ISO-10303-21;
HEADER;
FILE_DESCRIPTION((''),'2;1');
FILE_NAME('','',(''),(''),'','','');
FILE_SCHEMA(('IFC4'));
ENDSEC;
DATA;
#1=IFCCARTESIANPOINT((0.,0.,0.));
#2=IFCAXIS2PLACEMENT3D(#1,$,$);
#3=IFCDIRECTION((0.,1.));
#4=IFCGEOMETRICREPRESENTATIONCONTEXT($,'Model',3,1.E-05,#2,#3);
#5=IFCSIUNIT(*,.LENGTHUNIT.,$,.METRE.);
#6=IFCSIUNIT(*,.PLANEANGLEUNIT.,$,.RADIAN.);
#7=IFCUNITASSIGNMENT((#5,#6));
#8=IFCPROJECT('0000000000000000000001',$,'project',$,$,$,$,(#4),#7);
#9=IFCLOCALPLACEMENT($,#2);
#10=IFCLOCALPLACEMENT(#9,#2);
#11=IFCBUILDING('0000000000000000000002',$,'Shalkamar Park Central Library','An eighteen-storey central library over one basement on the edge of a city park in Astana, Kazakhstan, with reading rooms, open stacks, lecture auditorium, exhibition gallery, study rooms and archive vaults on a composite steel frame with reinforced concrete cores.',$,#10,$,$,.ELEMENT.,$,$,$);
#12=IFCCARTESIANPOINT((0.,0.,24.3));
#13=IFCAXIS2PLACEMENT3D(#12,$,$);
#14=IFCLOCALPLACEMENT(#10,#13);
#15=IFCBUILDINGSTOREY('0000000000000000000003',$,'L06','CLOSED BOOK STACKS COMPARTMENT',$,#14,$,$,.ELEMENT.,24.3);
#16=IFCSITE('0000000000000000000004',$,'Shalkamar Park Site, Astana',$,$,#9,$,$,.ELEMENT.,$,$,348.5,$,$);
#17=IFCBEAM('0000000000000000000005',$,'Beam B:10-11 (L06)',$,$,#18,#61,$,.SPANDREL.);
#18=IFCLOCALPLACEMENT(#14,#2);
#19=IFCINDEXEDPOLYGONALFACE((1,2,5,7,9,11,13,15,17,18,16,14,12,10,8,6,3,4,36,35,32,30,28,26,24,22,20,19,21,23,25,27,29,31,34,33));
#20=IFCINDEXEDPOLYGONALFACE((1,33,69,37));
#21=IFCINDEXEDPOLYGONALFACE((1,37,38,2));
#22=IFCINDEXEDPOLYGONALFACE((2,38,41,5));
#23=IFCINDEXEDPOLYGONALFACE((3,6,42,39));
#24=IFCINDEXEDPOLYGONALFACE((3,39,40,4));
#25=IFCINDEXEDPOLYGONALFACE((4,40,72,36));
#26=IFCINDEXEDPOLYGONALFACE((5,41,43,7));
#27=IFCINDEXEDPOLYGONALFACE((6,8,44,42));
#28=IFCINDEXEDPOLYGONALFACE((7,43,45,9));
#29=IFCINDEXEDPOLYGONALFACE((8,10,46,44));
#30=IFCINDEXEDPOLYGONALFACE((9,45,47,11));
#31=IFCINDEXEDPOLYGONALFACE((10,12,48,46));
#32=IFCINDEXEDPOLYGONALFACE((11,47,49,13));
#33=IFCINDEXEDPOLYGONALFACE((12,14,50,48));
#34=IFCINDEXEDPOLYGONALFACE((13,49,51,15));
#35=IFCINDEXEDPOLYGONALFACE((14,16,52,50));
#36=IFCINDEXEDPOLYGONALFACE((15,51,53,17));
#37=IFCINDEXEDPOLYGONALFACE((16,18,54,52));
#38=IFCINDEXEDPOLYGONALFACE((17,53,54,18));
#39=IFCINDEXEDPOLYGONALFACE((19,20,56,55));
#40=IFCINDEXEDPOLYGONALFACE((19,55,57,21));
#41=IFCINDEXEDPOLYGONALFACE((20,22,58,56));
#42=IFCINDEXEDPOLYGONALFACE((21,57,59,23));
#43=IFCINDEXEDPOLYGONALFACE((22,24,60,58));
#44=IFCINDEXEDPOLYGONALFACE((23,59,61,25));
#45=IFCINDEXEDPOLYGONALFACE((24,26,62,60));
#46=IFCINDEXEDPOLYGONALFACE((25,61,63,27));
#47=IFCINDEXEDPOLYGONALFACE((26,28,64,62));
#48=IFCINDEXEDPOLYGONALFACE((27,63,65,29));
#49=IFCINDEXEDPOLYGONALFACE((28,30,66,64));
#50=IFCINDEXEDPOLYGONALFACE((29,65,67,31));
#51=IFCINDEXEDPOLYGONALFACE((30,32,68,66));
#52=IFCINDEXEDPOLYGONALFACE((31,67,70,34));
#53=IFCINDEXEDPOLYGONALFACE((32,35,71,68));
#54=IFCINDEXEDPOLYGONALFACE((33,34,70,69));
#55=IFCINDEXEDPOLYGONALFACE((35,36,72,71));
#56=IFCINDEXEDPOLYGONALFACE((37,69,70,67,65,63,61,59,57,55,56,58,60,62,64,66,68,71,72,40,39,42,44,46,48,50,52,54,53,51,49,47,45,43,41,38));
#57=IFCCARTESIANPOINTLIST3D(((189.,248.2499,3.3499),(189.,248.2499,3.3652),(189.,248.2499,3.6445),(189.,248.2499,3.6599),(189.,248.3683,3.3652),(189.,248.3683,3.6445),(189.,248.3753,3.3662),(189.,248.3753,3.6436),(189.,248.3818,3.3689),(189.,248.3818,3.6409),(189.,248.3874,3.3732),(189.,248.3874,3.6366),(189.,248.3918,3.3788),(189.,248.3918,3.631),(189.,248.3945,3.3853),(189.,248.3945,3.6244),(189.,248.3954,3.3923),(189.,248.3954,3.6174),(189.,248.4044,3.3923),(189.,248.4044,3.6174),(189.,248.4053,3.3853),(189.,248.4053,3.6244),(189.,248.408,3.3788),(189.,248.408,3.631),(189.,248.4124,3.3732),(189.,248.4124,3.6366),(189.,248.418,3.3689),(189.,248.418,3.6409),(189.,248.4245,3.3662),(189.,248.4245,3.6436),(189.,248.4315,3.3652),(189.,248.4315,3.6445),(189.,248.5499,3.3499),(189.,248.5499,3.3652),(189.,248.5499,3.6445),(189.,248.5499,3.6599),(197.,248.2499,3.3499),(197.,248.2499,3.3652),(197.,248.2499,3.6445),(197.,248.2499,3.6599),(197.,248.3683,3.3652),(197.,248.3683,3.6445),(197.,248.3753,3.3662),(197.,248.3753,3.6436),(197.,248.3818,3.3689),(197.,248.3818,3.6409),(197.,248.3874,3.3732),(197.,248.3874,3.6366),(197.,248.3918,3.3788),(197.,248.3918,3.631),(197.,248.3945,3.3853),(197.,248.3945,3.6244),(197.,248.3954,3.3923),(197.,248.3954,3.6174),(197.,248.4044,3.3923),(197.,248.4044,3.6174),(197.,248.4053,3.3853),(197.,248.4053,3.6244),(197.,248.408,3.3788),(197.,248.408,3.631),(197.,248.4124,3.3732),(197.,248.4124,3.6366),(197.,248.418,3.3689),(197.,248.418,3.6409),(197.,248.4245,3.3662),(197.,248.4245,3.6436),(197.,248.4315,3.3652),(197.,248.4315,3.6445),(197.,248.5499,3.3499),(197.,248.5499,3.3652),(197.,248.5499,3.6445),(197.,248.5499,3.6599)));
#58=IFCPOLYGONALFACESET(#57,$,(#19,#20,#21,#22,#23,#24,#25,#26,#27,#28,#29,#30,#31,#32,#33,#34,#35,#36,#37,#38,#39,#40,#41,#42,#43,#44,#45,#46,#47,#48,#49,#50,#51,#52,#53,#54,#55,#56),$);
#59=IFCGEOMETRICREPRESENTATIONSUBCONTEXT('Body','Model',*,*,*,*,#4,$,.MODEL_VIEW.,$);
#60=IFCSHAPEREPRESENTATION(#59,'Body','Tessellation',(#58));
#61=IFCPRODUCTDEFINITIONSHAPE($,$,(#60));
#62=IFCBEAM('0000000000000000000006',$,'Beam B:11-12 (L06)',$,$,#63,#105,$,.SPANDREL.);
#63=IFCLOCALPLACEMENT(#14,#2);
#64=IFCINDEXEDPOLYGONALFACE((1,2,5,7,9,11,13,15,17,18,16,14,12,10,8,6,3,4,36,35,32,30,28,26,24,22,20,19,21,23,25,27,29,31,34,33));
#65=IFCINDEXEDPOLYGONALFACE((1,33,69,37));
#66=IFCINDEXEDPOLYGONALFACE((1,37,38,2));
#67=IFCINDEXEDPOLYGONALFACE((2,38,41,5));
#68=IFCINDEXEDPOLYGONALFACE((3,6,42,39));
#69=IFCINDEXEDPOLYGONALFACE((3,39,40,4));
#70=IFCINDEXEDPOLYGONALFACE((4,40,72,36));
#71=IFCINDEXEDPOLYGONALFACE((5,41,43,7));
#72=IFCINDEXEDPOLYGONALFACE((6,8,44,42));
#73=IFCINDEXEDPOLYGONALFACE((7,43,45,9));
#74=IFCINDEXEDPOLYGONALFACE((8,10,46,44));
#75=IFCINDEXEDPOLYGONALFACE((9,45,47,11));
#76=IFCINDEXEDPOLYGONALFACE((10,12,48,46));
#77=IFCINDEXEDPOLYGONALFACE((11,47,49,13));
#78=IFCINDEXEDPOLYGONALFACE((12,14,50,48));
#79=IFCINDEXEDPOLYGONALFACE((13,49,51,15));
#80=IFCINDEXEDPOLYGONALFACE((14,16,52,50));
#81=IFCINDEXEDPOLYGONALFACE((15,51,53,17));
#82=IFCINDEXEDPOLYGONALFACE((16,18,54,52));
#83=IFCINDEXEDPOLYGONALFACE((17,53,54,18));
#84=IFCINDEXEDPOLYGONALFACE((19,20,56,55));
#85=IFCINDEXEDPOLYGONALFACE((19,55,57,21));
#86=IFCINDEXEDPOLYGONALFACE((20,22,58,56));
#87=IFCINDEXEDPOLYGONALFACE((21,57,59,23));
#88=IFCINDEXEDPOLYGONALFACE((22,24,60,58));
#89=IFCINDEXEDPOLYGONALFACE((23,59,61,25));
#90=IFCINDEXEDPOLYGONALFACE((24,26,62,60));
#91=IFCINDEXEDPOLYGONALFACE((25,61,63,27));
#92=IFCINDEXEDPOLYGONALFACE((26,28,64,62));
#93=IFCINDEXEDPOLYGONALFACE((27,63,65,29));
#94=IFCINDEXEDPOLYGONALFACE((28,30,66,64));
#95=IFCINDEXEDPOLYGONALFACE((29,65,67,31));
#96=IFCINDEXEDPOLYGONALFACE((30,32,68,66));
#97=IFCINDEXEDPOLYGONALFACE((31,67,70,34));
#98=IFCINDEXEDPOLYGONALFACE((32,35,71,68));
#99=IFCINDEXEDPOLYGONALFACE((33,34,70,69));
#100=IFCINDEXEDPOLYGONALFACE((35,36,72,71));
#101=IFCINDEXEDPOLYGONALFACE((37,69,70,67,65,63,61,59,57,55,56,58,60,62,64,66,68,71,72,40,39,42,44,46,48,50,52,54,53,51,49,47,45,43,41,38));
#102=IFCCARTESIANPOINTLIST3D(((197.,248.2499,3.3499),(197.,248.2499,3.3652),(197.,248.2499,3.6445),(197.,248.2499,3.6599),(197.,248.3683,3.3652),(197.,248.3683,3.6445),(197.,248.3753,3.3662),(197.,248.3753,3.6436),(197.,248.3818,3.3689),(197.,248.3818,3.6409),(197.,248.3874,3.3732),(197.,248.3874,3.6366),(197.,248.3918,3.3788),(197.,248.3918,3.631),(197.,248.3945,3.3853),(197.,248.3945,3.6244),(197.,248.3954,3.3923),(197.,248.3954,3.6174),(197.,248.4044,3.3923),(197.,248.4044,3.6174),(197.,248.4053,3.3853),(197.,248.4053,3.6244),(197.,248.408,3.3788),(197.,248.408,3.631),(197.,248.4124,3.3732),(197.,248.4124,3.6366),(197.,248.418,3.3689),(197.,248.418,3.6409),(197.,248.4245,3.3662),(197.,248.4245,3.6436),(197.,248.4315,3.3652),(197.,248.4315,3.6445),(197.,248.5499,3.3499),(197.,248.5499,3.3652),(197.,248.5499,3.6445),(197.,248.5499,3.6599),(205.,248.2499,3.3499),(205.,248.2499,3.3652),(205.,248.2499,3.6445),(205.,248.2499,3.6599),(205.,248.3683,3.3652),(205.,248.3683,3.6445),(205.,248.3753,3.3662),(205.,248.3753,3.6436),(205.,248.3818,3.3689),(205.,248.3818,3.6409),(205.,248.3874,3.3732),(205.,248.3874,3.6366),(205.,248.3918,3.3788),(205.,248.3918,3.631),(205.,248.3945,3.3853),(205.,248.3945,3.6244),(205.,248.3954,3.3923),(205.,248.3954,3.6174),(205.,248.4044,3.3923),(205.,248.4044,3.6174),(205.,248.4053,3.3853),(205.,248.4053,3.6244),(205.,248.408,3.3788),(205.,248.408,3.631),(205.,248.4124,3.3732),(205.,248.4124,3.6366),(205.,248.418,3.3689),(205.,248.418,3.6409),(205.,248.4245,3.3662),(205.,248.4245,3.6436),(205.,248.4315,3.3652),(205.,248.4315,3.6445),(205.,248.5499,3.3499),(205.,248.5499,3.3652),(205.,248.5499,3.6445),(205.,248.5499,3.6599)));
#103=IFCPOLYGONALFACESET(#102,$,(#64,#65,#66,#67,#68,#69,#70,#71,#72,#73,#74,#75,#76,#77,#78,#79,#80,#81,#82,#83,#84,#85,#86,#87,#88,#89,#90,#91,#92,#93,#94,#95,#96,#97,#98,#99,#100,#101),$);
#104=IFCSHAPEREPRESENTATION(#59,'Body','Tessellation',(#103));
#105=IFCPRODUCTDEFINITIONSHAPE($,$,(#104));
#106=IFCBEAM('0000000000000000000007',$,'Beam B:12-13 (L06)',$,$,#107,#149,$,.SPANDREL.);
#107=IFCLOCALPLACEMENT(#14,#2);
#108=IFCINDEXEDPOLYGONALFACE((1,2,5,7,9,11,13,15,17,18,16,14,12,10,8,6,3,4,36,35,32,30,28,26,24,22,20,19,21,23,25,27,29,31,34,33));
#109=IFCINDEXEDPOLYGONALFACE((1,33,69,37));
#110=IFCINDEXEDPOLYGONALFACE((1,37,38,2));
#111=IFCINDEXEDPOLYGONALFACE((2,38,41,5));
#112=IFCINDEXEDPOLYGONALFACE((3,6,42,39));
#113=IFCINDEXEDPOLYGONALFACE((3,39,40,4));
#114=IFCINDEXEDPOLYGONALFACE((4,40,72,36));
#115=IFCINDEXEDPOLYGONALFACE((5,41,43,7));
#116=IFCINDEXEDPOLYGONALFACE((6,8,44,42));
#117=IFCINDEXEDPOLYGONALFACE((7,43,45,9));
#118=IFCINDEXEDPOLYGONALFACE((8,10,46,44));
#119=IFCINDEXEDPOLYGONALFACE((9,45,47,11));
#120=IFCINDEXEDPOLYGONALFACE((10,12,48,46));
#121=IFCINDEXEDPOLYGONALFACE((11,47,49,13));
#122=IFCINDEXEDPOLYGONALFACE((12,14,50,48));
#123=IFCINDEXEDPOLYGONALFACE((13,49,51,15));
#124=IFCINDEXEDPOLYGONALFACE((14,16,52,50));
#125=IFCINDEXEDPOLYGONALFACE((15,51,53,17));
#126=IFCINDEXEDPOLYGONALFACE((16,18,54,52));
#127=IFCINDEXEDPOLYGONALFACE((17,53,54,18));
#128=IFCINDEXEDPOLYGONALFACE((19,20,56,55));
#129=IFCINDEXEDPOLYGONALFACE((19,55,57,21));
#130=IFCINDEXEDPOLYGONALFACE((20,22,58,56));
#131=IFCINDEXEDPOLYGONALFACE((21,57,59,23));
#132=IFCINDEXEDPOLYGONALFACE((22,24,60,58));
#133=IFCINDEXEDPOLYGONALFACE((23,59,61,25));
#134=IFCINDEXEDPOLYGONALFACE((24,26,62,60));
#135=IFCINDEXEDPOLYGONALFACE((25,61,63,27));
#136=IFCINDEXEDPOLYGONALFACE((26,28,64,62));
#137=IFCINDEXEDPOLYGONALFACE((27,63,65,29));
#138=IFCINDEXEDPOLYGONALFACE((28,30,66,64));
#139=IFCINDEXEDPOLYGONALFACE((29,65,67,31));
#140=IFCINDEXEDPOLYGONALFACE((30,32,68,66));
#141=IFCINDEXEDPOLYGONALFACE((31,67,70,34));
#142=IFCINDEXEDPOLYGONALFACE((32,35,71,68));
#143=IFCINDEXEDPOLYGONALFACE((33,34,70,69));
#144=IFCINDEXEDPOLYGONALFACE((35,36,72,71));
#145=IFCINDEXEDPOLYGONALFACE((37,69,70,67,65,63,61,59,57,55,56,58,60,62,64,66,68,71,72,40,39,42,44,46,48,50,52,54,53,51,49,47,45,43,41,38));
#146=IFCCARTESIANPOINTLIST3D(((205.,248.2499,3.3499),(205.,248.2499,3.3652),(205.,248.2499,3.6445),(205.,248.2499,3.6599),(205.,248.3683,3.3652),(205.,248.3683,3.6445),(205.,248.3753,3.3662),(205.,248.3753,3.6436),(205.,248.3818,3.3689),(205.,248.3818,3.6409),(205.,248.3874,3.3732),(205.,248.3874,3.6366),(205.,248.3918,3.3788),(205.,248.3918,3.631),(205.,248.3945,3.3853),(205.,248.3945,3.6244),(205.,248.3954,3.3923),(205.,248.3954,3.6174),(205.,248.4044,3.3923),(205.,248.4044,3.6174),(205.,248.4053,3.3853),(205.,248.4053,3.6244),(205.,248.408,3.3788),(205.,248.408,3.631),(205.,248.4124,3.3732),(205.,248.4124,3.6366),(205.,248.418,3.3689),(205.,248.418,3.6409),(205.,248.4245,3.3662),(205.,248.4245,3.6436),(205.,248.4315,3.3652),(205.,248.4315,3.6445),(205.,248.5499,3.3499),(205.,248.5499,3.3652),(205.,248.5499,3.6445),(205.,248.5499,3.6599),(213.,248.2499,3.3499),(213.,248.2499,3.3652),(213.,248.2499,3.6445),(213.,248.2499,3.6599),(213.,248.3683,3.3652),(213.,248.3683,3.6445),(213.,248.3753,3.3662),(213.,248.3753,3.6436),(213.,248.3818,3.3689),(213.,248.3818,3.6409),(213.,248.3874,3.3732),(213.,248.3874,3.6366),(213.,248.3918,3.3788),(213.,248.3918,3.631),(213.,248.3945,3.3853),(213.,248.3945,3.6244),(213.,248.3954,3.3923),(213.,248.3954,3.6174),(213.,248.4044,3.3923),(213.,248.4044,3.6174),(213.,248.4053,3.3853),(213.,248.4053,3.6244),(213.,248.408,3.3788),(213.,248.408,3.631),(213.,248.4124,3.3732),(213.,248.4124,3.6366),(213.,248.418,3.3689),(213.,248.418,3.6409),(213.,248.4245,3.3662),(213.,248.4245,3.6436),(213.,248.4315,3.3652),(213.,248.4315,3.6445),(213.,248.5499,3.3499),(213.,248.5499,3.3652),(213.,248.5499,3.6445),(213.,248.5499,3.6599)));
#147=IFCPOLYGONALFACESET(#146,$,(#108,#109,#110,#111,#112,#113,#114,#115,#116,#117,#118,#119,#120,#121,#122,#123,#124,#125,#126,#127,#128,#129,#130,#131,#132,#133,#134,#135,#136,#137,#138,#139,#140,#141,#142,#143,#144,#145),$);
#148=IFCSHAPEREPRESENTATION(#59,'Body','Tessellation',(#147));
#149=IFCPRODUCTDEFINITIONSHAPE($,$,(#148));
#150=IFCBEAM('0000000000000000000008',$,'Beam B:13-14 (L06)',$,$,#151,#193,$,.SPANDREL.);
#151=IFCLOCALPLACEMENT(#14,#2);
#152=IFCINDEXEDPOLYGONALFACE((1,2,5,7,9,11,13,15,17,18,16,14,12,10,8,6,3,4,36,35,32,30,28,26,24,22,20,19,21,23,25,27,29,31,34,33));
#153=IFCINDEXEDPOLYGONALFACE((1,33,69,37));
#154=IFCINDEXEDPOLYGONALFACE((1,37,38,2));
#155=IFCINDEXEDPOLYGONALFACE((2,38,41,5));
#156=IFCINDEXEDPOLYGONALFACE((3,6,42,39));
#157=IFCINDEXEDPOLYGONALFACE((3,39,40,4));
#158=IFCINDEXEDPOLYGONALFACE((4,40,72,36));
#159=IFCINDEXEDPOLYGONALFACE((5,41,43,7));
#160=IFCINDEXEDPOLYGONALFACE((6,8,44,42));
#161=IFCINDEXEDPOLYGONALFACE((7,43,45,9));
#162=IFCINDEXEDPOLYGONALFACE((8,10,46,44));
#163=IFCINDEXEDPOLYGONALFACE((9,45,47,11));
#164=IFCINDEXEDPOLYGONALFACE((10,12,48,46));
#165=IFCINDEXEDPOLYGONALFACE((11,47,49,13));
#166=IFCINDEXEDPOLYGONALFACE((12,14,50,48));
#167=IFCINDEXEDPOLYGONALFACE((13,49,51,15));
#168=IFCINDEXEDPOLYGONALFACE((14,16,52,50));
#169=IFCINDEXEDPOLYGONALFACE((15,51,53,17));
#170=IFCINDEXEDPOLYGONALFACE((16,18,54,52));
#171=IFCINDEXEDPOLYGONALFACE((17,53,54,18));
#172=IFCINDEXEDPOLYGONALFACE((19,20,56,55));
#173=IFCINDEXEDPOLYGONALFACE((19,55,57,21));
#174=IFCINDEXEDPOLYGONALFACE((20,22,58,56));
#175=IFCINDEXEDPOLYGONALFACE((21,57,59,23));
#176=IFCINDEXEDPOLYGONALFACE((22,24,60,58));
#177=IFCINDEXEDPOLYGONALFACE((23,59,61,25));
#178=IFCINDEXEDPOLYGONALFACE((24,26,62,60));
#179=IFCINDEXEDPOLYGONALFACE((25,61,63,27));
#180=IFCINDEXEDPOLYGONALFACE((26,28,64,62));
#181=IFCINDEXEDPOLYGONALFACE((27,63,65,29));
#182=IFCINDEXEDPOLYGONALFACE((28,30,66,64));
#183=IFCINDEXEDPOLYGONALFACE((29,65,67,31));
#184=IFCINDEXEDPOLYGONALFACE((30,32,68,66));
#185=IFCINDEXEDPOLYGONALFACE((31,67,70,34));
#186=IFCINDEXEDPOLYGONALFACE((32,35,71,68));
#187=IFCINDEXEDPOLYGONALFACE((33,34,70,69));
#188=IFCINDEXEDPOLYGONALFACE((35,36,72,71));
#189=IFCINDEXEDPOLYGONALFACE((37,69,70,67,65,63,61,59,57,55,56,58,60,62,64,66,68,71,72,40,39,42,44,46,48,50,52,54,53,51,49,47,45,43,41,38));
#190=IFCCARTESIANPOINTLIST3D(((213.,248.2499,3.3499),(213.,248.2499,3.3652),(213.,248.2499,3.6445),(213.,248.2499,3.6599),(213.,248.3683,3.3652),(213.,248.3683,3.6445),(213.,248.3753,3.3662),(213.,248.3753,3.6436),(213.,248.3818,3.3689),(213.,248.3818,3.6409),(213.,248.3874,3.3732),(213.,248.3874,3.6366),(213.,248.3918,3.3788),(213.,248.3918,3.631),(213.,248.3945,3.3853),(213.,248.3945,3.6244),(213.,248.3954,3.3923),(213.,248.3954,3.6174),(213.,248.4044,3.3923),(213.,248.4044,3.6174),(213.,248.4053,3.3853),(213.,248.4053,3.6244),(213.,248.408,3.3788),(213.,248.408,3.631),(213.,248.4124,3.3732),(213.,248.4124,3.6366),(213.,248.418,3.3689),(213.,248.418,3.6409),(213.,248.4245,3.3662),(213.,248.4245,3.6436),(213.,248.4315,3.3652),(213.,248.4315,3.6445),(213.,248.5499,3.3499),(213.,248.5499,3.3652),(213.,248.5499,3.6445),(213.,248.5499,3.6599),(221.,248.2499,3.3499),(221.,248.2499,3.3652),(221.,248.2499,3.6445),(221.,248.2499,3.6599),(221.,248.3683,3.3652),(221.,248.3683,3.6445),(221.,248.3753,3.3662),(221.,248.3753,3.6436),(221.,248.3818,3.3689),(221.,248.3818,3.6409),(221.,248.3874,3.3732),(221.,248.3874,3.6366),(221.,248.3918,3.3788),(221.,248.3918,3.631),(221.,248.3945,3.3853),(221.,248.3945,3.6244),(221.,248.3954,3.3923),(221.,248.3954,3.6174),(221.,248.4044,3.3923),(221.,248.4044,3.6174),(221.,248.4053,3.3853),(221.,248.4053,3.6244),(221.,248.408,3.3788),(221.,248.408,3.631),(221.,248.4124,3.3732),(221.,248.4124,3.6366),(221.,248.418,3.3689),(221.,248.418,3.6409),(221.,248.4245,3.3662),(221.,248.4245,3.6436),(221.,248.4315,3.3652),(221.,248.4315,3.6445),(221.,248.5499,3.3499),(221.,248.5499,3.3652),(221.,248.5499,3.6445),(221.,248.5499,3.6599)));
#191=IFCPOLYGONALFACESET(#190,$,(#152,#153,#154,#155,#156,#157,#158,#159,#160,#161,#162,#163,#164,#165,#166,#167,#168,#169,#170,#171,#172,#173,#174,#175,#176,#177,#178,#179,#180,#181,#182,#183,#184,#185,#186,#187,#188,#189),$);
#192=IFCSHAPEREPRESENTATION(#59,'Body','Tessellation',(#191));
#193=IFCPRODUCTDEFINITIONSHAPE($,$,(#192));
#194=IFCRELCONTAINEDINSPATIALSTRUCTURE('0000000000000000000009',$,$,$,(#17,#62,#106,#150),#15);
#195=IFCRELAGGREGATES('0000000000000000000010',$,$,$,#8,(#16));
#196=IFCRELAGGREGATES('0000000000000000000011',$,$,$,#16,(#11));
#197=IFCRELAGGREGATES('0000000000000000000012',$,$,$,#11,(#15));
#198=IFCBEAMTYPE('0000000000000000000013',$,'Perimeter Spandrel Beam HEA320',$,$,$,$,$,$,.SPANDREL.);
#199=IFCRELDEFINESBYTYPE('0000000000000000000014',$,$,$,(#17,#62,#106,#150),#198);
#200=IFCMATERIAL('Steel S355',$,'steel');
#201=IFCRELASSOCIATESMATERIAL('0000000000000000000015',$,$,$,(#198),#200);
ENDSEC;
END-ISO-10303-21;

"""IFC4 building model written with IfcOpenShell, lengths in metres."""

from ifc_helpers import new_model, si_unit, direction, frame, origin, origin_2d, place, context, subcontext, project, spatial, i_section, extrude, material, material_profile, profile_set, type_object, element, save


model = new_model("IFC4")

# Units and contexts
model_context = context("Model", 3, precision=1e-05, world=origin(), true_north=direction((0.0, 1.0)))
body_context = subcontext(model_context, "Body", "Model", "MODEL_VIEW")
ifc_project = project(units=[si_unit("LENGTHUNIT", "METRE"), si_unit("PLANEANGLEUNIT", "RADIAN")], contexts=[model_context])

# Site, building, storey
site_placement = place(None, origin())
site = spatial("IfcSite", under=ifc_project, at=site_placement, Name="Shalkamar Park Site, Astana", CompositionType="ELEMENT", RefElevation=348.5)
building_placement = place(site_placement, origin())
building = spatial("IfcBuilding", under=site, at=building_placement, Name="Shalkamar Park Central Library", Description="An eighteen-storey central library over one basement on the edge of a city park in Astana, Kazakhstan, with reading rooms, open stacks, lecture auditorium, exhibition gallery, study rooms and archive vaults on a composite steel frame with reinforced concrete cores.", CompositionType="ELEMENT")
storey_placement = place(building_placement, frame((0.0, 0.0, 24.3)))
storey = spatial("IfcBuildingStorey", under=building, at=storey_placement, Name="L06", Description="CLOSED BOOK STACKS COMPARTMENT", CompositionType="ELEMENT", Elevation=24.3)

# Shared definitions
ifc_material_1 = material(Name="Steel S355", Category="steel")

# Beams
ifc_material_profile_1 = material_profile(ifc_material_1, i_section(OverallWidth=0.3, OverallDepth=0.3101, WebThickness=0.009, FlangeThickness=0.0154, FilletRadius=0.0271, at=origin_2d()), Name="HEA 320")
ifc_profile_set_1 = profile_set([ifc_material_profile_1], Name="Steel S355")
beam_type_1 = type_object("IfcBeamType", Name="Perimeter Spandrel Beam HEA320", PredefinedType="SPANDREL", material=ifc_profile_set_1)
for number, where, z_axis, x_axis, name in (
    (1, (189.0, 248.3999, 3.5049), (1.0, 0.0, 0.0), (0.0, 1.0, 0.0), "Beam B:10-11 (L06)"),
    (2, (197.0, 248.3999, 3.5049), (1.0, 0.0, 0.0), (0.0, 1.0, 0.0), "Beam B:11-12 (L06)"),
    (3, (205.0, 248.3999, 3.5049), (1.0, 0.0, 0.0), (0.0, 1.0, 0.0), "Beam B:12-13 (L06)"),
    (4, (213.0, 248.3999, 3.5049), (1.0, 0.0, 0.0), (0.0, 1.0, 0.0), "Beam B:13-14 (L06)"),
):
    element("IfcBeam", number, at=place(storey_placement, frame(where, z_axis=z_axis, x_axis=x_axis)), inside=storey, type_object=beam_type_1, Name=name, PredefinedType="SPANDREL", context=body_context, shape_type="SweptSolid", body=[
        extrude(i_section(OverallWidth=0.3, OverallDepth=0.3101, WebThickness=0.009, FlangeThickness=0.0154, FilletRadius=0.0271, at=origin_2d()), origin(), (0.0, 0.0, 1.0), 8.0),
    ])

save(model, "model.ifc")
